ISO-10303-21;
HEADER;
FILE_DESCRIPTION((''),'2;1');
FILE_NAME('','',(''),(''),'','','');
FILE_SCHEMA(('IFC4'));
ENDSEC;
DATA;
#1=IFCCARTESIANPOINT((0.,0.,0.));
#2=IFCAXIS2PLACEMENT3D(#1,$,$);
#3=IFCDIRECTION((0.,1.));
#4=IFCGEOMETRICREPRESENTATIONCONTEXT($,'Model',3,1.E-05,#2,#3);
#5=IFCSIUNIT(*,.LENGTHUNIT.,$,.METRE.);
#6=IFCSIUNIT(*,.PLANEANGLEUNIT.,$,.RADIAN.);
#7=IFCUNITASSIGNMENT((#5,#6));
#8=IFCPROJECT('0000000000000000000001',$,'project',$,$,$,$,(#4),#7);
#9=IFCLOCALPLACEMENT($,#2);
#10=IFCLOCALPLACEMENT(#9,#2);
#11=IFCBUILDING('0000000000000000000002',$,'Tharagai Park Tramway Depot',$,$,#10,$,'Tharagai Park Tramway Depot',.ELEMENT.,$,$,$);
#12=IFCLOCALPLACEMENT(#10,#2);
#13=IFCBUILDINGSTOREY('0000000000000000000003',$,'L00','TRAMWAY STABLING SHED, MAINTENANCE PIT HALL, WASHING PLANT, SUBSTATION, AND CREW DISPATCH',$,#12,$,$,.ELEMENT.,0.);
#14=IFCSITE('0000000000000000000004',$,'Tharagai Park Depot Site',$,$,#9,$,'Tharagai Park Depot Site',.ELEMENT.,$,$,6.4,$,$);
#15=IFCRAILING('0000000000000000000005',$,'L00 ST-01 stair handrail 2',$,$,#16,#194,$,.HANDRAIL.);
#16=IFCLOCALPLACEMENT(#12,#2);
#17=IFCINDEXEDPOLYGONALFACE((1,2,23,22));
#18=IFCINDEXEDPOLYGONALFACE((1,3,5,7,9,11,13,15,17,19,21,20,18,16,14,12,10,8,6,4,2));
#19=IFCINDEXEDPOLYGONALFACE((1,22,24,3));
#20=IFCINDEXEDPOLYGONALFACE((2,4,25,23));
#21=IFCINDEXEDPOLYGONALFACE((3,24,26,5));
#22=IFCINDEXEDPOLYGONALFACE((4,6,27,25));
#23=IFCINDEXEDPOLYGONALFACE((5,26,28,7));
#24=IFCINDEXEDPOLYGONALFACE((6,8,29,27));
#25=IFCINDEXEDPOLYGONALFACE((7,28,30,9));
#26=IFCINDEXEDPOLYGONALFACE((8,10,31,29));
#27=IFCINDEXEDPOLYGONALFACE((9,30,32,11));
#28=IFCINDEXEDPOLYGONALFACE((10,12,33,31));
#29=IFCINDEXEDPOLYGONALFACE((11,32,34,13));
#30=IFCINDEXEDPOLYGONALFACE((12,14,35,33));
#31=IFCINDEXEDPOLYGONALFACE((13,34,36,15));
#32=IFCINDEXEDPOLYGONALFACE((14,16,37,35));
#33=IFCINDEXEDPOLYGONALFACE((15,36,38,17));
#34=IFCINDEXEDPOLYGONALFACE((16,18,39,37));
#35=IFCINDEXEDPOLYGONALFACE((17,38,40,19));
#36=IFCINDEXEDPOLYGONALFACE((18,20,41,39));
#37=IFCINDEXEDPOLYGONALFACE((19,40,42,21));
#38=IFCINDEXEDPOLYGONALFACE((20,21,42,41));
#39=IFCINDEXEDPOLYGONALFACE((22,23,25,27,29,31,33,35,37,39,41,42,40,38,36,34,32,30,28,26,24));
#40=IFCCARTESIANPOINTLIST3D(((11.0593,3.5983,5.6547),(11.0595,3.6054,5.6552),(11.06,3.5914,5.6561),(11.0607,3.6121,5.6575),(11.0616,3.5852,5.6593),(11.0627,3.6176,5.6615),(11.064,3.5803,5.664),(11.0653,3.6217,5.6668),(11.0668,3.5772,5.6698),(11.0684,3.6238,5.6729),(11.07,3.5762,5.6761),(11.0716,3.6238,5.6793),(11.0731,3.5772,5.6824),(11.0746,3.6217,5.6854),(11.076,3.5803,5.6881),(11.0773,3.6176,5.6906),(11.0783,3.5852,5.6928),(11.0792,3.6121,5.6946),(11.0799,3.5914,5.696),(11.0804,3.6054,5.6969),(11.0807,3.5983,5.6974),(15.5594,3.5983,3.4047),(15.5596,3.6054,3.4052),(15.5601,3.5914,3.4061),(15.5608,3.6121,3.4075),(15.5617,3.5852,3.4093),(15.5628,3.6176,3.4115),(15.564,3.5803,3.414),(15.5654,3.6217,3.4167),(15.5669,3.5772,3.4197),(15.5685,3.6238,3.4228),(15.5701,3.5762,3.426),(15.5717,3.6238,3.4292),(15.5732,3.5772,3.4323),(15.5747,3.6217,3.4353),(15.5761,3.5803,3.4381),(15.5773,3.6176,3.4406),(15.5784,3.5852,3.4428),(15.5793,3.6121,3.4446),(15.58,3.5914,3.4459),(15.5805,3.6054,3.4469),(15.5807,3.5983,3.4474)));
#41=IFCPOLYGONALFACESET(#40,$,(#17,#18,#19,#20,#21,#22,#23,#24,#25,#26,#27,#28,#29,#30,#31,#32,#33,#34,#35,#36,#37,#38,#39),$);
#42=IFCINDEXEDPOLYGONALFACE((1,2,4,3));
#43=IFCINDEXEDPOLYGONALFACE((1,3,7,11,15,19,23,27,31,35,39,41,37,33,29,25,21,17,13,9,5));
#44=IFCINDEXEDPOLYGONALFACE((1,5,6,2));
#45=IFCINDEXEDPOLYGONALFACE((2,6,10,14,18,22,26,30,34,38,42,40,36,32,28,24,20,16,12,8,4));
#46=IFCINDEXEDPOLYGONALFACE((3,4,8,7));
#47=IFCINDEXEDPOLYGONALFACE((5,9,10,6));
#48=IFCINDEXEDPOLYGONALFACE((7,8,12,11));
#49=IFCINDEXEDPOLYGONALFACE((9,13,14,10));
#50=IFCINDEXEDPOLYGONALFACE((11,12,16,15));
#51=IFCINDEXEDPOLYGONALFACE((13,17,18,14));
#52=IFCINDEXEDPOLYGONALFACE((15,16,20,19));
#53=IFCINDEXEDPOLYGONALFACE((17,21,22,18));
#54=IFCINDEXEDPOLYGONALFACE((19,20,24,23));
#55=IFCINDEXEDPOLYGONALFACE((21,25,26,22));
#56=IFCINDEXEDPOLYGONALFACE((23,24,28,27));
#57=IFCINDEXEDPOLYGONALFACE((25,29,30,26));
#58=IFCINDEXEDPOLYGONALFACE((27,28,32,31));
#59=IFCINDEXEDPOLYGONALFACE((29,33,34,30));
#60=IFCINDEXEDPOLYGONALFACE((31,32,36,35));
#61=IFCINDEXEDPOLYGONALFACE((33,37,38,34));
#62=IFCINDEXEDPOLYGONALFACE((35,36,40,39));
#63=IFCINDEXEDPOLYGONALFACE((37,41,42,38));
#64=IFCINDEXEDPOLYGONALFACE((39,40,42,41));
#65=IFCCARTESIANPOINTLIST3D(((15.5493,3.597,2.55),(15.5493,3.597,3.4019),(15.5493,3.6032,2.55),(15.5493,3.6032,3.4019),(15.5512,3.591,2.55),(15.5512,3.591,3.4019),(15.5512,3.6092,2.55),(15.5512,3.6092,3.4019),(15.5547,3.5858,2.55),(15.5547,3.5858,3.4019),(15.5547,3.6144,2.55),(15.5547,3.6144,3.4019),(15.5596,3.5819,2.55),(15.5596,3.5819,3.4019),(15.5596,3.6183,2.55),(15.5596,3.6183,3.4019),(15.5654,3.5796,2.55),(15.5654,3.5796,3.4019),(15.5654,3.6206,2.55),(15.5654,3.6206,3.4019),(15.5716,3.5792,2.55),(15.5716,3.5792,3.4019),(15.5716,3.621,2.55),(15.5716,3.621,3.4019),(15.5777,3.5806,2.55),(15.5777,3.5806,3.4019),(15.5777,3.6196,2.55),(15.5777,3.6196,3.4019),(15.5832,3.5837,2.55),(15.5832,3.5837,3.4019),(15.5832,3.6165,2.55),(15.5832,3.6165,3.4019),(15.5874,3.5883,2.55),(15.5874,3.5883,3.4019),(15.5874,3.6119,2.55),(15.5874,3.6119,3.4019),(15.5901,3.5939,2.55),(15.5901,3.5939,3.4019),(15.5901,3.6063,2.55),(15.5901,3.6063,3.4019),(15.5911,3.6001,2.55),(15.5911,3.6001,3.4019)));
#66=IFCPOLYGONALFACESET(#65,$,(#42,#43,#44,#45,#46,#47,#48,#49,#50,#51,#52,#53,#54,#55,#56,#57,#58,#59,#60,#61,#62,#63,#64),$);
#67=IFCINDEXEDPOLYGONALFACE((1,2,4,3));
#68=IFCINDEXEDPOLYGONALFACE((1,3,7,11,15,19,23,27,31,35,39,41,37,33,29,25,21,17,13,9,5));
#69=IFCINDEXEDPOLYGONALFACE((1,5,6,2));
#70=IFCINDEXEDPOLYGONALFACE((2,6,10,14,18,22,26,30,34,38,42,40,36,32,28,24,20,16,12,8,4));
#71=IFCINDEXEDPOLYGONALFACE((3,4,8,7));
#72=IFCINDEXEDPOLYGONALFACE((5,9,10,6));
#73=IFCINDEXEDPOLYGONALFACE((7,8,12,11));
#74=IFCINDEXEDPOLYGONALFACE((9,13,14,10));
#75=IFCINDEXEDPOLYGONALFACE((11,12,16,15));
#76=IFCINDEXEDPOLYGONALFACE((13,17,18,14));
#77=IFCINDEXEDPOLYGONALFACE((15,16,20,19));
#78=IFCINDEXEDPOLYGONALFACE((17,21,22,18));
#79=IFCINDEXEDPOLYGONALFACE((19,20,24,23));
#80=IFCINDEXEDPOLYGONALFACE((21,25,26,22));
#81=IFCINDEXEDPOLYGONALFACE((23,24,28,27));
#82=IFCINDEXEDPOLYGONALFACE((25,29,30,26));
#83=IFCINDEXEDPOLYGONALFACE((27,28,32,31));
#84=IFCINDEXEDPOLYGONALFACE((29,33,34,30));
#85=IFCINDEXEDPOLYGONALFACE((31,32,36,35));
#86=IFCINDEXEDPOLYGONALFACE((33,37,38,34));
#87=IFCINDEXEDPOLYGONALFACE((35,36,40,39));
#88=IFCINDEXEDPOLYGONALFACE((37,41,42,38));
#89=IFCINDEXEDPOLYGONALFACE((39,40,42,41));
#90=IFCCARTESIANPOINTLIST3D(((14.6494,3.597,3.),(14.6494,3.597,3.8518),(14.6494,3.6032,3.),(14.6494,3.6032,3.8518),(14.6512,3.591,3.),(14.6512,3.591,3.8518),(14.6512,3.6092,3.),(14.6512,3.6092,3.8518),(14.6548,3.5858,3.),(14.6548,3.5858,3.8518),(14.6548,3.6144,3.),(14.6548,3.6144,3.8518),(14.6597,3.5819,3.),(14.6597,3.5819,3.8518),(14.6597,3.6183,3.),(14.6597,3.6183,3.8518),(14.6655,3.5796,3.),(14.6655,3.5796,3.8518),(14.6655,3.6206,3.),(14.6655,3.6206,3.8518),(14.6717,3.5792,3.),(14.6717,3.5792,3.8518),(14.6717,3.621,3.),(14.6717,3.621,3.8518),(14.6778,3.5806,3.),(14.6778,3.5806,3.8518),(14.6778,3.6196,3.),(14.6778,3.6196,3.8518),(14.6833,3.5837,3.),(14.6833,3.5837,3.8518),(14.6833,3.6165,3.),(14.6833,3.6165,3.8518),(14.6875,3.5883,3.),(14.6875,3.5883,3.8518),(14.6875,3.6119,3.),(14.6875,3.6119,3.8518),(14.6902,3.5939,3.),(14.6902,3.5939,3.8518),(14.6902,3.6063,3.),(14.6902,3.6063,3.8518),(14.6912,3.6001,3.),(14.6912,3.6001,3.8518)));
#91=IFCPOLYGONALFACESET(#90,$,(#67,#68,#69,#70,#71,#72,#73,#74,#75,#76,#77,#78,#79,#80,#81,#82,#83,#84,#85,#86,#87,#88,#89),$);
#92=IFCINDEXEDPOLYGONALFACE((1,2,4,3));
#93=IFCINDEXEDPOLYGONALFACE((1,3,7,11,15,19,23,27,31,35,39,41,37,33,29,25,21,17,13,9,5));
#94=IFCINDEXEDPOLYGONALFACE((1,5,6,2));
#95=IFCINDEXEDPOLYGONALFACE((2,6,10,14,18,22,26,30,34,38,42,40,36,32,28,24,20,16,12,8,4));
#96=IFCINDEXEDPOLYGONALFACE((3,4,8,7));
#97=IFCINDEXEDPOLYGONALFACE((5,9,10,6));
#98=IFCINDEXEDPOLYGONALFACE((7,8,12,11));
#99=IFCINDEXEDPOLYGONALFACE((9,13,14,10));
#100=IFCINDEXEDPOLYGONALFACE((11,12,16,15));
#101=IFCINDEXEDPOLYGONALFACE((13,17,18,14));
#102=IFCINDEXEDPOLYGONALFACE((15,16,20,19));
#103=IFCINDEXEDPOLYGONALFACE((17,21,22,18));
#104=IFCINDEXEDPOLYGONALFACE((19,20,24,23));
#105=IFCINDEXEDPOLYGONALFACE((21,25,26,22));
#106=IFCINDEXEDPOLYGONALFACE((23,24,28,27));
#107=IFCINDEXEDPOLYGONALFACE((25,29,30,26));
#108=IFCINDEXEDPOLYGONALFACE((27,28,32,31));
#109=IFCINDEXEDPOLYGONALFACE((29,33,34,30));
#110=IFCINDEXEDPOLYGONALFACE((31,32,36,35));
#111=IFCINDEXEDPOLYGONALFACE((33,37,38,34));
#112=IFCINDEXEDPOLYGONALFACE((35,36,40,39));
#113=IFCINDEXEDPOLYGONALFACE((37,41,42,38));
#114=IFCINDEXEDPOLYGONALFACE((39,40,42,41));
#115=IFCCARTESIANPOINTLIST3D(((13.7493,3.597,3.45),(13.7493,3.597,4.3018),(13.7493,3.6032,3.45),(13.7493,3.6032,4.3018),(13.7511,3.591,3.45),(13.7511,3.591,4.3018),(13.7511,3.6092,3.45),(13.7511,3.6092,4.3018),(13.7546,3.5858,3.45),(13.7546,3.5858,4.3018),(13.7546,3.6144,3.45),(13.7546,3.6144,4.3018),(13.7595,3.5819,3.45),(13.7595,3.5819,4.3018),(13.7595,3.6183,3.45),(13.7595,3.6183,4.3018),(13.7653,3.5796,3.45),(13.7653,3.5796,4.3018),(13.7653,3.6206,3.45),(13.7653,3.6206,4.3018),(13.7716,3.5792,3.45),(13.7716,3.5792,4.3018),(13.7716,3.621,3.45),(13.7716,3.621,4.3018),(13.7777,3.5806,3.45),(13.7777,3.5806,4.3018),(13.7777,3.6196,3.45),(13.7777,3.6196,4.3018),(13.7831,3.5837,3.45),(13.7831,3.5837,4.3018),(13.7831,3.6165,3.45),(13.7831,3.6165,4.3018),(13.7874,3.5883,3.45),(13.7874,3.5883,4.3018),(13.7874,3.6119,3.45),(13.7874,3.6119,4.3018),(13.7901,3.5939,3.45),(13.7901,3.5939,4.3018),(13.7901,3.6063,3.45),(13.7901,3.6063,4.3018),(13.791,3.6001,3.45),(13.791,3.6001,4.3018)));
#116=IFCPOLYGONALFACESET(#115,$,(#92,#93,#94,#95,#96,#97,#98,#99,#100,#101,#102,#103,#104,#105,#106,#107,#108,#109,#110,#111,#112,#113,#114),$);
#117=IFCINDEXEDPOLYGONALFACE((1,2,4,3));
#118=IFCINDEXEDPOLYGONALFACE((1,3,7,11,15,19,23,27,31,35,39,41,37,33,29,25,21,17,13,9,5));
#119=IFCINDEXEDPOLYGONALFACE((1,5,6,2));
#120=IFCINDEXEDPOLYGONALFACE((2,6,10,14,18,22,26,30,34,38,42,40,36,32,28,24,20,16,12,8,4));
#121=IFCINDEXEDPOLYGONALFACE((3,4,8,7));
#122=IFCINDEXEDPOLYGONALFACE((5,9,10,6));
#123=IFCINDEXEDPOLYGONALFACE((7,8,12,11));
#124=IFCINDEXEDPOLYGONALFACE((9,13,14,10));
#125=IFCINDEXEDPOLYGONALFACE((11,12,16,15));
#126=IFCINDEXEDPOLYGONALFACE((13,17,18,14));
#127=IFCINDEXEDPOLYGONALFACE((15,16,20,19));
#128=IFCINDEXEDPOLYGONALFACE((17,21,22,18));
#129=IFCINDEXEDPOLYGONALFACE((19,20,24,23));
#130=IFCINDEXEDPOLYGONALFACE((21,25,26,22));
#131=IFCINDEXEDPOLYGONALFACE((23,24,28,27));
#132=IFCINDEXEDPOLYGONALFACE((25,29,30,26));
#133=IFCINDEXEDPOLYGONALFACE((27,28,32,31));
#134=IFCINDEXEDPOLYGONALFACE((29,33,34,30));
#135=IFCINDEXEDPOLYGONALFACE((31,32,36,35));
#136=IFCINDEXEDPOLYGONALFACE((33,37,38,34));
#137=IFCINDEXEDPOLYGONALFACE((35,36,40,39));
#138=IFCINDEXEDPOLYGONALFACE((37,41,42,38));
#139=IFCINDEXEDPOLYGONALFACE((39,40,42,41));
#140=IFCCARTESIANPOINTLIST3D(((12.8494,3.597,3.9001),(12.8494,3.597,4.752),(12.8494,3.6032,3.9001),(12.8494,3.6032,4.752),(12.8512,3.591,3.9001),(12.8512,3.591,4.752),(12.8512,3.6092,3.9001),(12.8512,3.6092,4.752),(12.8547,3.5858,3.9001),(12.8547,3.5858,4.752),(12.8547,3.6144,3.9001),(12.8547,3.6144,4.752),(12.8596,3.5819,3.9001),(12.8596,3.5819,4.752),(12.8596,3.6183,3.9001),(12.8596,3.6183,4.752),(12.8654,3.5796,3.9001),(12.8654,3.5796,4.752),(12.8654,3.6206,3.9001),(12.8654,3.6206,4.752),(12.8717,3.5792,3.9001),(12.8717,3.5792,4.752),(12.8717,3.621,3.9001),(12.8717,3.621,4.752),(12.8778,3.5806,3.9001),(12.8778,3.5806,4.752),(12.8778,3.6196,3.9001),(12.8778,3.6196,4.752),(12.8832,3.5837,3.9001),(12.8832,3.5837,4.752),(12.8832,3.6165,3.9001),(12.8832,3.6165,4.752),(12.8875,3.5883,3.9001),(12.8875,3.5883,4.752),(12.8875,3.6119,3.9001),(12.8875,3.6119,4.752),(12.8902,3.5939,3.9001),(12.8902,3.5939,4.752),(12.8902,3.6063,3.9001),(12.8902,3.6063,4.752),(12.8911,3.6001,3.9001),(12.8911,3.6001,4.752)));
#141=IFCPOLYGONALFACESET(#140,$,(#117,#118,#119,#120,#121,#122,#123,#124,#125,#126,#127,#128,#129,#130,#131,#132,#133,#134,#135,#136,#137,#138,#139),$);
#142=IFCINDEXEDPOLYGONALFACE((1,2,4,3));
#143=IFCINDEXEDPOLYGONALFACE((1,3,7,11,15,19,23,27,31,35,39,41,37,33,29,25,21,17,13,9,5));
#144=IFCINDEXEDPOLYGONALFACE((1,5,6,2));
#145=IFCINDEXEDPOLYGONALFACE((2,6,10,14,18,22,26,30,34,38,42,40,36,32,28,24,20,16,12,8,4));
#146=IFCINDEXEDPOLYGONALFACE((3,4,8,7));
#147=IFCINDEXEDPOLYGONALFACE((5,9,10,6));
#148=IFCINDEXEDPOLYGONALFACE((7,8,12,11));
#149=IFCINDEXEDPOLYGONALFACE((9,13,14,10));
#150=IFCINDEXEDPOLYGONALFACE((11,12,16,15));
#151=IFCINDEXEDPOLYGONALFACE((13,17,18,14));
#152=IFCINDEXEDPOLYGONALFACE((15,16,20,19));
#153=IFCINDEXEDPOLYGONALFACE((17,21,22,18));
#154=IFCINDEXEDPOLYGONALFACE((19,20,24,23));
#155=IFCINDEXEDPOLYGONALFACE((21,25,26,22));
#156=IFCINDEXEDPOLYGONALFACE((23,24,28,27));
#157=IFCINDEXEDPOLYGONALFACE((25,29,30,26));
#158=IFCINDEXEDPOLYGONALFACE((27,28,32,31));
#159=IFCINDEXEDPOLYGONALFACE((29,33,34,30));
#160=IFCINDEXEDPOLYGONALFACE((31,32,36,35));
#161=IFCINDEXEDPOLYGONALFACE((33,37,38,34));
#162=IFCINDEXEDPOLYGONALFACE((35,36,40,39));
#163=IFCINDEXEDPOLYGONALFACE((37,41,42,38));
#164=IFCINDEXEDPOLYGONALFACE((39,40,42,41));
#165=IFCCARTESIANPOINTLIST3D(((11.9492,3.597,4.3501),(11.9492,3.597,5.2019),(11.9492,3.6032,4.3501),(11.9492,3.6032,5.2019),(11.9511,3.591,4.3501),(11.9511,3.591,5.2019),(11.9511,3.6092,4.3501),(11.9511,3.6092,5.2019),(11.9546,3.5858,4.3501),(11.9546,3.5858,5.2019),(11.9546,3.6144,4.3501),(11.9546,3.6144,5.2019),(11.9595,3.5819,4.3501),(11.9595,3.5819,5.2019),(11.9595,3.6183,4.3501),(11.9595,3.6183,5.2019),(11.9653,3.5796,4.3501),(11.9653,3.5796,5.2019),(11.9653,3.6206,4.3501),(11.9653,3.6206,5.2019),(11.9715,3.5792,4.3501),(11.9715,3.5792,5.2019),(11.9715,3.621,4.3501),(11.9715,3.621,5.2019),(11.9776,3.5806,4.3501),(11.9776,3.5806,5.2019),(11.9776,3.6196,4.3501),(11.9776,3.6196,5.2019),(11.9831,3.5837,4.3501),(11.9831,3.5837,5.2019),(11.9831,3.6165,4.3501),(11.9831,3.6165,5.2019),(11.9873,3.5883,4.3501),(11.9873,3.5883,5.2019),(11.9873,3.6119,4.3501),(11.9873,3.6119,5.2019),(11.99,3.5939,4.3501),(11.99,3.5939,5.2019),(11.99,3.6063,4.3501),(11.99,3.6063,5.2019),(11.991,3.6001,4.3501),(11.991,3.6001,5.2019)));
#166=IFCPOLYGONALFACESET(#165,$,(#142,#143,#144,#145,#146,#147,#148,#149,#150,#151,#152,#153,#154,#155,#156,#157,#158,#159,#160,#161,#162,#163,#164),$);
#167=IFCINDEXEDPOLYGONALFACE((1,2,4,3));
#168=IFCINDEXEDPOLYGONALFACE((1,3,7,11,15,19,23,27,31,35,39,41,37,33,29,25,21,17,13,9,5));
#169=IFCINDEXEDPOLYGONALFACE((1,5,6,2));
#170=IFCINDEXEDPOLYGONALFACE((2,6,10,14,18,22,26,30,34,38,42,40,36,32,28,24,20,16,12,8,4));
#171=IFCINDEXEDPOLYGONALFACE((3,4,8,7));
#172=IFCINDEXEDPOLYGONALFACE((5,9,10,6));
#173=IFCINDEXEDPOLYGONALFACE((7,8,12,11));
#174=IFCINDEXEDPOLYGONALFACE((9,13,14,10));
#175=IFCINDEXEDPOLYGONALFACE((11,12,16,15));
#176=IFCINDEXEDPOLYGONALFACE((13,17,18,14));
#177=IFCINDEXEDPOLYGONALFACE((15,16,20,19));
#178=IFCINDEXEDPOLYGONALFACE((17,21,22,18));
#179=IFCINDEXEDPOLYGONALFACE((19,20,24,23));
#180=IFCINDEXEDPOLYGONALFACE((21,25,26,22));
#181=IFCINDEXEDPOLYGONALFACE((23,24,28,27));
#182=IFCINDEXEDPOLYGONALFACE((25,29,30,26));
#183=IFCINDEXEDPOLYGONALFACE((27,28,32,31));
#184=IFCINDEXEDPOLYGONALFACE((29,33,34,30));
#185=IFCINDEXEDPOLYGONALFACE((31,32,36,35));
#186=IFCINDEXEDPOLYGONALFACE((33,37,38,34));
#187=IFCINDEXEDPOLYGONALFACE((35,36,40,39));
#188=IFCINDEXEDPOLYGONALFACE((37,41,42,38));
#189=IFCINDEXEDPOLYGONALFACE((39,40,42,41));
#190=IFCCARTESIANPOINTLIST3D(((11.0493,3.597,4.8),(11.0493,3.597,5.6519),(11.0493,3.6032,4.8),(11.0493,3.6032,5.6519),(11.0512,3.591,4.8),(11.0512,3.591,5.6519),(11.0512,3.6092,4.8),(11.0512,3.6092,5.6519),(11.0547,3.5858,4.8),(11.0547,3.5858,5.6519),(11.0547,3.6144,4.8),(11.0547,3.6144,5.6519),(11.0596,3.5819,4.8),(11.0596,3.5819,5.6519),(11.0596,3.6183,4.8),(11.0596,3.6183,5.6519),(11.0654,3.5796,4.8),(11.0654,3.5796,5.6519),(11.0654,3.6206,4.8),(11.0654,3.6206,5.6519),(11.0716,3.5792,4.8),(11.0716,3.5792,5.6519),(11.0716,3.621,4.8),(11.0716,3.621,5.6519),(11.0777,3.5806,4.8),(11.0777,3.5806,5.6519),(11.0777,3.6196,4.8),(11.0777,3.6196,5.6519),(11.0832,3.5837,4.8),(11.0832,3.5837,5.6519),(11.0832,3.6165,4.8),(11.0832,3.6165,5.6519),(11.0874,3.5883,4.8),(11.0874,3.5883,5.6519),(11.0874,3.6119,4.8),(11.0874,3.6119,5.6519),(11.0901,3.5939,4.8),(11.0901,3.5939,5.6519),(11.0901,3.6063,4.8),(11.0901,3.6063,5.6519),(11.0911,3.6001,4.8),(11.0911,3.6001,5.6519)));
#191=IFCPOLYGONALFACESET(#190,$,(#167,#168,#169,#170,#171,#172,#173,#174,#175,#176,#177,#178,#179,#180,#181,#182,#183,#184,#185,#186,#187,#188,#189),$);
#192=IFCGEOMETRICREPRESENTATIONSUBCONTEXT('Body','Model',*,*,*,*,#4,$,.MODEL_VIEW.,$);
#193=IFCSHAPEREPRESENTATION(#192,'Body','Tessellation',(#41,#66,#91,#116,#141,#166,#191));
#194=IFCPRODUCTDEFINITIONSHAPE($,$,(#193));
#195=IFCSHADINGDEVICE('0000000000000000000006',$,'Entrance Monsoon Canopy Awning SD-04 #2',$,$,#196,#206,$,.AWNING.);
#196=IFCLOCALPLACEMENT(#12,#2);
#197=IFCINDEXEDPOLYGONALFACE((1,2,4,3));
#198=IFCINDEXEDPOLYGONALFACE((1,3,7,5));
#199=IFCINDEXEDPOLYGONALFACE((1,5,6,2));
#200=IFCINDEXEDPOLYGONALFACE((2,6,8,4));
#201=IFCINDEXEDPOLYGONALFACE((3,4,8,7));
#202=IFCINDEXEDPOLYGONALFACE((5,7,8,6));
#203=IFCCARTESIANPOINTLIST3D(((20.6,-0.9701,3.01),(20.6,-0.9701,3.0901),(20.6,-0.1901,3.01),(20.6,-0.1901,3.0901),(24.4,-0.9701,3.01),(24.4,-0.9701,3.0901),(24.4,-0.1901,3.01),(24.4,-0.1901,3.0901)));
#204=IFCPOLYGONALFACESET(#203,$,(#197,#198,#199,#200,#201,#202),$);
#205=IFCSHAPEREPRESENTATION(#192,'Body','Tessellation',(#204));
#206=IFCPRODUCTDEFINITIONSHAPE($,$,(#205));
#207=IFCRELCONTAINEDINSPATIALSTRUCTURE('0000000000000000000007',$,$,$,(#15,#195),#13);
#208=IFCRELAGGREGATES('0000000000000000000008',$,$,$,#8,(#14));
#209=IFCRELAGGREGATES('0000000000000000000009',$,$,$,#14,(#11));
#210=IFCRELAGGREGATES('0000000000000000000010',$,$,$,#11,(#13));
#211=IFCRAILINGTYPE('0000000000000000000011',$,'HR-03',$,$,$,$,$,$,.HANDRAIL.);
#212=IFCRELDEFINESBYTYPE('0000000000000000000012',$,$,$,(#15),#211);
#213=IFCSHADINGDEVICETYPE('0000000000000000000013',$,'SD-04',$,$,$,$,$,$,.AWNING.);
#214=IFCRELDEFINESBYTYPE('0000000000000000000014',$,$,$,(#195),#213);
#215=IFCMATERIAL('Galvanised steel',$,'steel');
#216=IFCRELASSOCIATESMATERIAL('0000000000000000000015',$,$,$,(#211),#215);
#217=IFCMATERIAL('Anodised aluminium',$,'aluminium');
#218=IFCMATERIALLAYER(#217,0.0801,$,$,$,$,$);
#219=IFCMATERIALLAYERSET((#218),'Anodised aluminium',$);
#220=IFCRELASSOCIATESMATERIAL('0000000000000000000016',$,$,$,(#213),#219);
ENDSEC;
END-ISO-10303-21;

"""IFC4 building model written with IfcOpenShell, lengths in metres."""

from ifc_helpers import new_model, si_unit, direction, frame, origin, origin_2d, place, context, subcontext, project, spatial, rectangle, circle, extrude, material, layer, layer_set, type_object, element, save


model = new_model("IFC4")

# Units and contexts
model_context = context("Model", 3, precision=1e-05, world=origin(), true_north=direction((0.0, 1.0)))
body_context = subcontext(model_context, "Body", "Model", "MODEL_VIEW")
ifc_project = project(units=[si_unit("LENGTHUNIT", "METRE"), si_unit("PLANEANGLEUNIT", "RADIAN")], contexts=[model_context])

# Site, building, storey
site_placement = place(None, origin())
site = spatial("IfcSite", under=ifc_project, at=site_placement, Name="Tharagai Park Depot Site", LongName="Tharagai Park Depot Site", CompositionType="ELEMENT", RefElevation=6.4)
building_placement = place(site_placement, origin())
building = spatial("IfcBuilding", under=site, at=building_placement, Name="Tharagai Park Tramway Depot", LongName="Tharagai Park Tramway Depot", CompositionType="ELEMENT")
storey_placement = place(building_placement, origin())
storey = spatial("IfcBuildingStorey", under=building, at=storey_placement, Name="L00", Description="TRAMWAY STABLING SHED, MAINTENANCE PIT HALL, WASHING PLANT, SUBSTATION, AND CREW DISPATCH", CompositionType="ELEMENT", Elevation=0.0)

# Shared definitions
ifc_material_1 = material(Name="Anodised aluminium", Category="aluminium")

# Railing
ifc_material_2 = material(Name="Galvanised steel", Category="steel")
railing_type_1 = type_object("IfcRailingType", Name="HR-03", PredefinedType="HANDRAIL", material=ifc_material_2)
railing_1_placement = place(storey_placement, frame((15.5701, 3.6001, 2.55)))
element("IfcRailing", 1, at=railing_1_placement, inside=storey, type_object=railing_type_1, Name="L00 ST-01 stair handrail 2", PredefinedType="HANDRAIL", context=body_context, shape_type="SweptSolid", body=[
    extrude(circle(Radius=0.0239, at=origin_2d()), frame((0.0, 0.0, 0.876), z_axis=(-0.894427, 0.0, 0.447214), x_axis=(0.0, -1.0, 0.0)), (0.0, 0.0, 1.0), 5.0312),
    extrude(circle(Radius=0.021, at=origin_2d()), origin(), (0.0, 0.0, 1.0), 0.8518),
    extrude(circle(Radius=0.021, at=origin_2d()), frame((-0.8999, 0.0, 0.45)), (0.0, 0.0, 1.0), 0.8518),
    extrude(circle(Radius=0.021, at=origin_2d()), frame((-1.8, 0.0, 0.8999)), (0.0, 0.0, 1.0), 0.8518),
    extrude(circle(Radius=0.021, at=origin_2d()), frame((-2.7, 0.0, 1.3501)), (0.0, 0.0, 1.0), 0.8518),
    extrude(circle(Radius=0.021, at=origin_2d()), frame((-3.6001, 0.0, 1.8)), (0.0, 0.0, 1.0), 0.8518),
    extrude(circle(Radius=0.021, at=origin_2d()), frame((-4.5, 0.0, 2.25)), (0.0, 0.0, 1.0), 0.8518),
])

# Shading device
ifc_layer_1 = layer(ifc_material_1, 0.0801)
ifc_layer_set_1 = layer_set([ifc_layer_1], Name="Anodised aluminium")
shading_device_type = type_object("IfcShadingDeviceType", Name="SD-04", PredefinedType="AWNING", material=ifc_layer_set_1)
shading_device_placement = place(storey_placement, frame((22.5, -0.5801, 3.01), z_axis=(0.0, 0.0, 1.0), x_axis=(1.0, 0.0, 0.0)))
element("IfcShadingDevice", 2, at=shading_device_placement, inside=storey, type_object=shading_device_type, Name="Entrance Monsoon Canopy Awning SD-04 #2", PredefinedType="AWNING", context=body_context, shape_type="SweptSolid", body=[
    extrude(rectangle(XDim=3.8, YDim=0.78, at=origin_2d()), origin(), (0.0, 0.0, 1.0), 0.0801),
])

save(model, "model.ifc")
